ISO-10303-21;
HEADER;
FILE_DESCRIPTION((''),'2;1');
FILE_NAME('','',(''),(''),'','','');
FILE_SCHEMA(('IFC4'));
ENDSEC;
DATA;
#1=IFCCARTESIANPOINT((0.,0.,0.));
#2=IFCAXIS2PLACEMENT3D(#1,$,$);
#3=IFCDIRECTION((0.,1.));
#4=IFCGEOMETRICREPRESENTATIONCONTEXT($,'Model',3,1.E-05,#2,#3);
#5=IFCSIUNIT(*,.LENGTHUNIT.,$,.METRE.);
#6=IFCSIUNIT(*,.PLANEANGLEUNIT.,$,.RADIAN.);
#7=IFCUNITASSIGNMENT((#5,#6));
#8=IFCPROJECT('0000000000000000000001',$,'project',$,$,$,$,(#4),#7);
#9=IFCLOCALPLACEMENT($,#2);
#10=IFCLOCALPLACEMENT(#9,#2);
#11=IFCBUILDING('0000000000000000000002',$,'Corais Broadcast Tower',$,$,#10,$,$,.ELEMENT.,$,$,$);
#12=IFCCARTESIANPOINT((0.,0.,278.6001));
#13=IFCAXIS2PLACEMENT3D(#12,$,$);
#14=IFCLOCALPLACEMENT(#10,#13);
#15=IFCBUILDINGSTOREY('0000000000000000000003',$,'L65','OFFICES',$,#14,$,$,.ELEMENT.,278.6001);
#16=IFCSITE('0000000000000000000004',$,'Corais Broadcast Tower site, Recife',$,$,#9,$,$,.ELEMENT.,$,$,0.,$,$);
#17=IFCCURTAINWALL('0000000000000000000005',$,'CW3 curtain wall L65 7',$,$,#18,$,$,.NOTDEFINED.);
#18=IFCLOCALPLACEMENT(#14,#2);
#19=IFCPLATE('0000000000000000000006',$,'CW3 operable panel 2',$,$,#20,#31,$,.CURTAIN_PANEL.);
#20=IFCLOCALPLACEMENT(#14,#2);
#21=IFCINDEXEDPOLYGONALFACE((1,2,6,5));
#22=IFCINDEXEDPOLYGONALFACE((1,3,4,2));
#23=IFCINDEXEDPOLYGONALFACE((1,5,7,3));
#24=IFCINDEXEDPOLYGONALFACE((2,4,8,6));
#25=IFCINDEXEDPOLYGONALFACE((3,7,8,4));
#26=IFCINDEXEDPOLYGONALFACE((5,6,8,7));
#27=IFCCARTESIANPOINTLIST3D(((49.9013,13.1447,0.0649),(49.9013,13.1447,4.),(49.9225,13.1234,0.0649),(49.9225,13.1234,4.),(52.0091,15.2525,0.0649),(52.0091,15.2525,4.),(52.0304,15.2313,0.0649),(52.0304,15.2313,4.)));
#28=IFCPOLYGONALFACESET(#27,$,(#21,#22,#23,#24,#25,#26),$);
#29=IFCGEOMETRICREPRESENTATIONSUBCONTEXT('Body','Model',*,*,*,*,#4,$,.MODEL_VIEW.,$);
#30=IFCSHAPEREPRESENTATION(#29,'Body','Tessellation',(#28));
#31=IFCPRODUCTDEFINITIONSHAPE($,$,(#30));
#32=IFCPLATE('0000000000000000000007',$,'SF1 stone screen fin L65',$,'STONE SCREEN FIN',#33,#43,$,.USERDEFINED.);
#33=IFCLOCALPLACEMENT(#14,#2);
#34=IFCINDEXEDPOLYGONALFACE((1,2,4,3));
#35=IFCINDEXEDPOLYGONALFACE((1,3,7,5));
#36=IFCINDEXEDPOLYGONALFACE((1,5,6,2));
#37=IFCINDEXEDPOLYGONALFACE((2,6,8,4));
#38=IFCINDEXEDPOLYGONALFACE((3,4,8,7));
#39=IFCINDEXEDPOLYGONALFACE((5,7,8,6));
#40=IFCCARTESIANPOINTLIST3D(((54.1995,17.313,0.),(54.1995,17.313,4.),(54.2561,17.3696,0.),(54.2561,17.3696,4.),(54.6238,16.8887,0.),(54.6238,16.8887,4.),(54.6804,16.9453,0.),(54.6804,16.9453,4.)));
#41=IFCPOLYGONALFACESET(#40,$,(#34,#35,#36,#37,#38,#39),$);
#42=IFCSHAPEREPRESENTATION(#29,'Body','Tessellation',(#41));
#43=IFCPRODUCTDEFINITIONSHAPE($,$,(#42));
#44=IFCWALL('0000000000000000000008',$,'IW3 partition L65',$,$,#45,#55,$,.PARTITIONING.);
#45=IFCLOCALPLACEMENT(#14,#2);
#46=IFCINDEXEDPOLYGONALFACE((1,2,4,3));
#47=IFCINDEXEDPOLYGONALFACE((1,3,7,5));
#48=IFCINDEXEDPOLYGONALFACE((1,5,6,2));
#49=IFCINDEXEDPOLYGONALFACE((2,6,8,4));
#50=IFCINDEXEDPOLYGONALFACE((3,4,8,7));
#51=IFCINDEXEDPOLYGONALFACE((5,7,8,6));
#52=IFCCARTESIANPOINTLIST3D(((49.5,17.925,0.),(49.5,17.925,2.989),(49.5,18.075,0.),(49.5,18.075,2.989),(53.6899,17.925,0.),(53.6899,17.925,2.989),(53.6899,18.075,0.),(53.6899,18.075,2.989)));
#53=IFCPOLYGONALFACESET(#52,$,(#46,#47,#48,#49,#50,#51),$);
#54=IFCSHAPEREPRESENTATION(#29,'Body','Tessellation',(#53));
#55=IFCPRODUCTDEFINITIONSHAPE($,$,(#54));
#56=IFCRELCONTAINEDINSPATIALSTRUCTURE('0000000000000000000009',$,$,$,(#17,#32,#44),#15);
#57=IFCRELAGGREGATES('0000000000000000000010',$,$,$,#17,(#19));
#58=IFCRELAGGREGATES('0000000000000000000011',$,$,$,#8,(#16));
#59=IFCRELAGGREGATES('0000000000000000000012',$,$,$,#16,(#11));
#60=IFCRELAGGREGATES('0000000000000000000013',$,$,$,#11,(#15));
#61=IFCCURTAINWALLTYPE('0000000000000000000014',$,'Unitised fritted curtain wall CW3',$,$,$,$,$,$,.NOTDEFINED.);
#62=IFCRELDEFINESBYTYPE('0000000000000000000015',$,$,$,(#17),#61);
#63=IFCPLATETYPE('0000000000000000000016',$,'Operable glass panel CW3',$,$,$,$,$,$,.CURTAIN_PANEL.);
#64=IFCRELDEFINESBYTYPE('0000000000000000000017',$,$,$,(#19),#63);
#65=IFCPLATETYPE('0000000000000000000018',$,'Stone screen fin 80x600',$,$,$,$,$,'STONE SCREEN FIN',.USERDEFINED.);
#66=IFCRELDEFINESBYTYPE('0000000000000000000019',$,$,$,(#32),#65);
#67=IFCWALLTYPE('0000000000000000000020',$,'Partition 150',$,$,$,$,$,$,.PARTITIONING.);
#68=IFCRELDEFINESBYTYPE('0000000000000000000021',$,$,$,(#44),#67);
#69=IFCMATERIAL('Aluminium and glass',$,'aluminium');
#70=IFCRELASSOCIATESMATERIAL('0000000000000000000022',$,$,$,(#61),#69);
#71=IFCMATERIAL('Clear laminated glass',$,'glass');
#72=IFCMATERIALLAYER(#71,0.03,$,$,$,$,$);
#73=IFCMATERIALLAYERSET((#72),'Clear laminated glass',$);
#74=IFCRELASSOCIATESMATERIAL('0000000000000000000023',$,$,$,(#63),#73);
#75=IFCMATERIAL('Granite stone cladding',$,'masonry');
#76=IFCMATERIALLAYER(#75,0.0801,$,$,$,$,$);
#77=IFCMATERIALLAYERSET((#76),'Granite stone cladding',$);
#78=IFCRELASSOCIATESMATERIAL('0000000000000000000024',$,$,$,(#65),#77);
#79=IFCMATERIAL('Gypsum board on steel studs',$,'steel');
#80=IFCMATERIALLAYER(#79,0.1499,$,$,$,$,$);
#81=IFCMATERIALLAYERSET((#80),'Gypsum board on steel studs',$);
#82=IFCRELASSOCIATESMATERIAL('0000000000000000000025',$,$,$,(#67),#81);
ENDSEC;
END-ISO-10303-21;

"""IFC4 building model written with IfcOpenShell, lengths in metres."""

from ifc_helpers import new_model, si_unit, direction, frame, frame_2d, origin, origin_2d, place, context, subcontext, project, spatial, rectangle, extrude, material, layer, layer_set, type_object, element, aggregate, save


model = new_model("IFC4")

# Units and contexts
model_context = context("Model", 3, precision=1e-05, world=origin(), true_north=direction((0.0, 1.0)))
body_context = subcontext(model_context, "Body", "Model", "MODEL_VIEW")
ifc_project = project(units=[si_unit("LENGTHUNIT", "METRE"), si_unit("PLANEANGLEUNIT", "RADIAN")], contexts=[model_context])

# Site, building, storey
site_placement = place(None, origin())
site = spatial("IfcSite", under=ifc_project, at=site_placement, Name="Corais Broadcast Tower site, Recife", CompositionType="ELEMENT", RefElevation=0.0)
building_placement = place(site_placement, origin())
building = spatial("IfcBuilding", under=site, at=building_placement, Name="Corais Broadcast Tower", CompositionType="ELEMENT")
storey_placement = place(building_placement, frame((0.0, 0.0, 278.6001)))
storey = spatial("IfcBuildingStorey", under=building, at=storey_placement, Name="L65", Description="OFFICES", CompositionType="ELEMENT", Elevation=278.6001)

# Curtain wall
ifc_material_1 = material(Name="Aluminium and glass", Category="aluminium")
curtain_wall_type = type_object("IfcCurtainWallType", Name="Unitised fritted curtain wall CW3", PredefinedType="NOTDEFINED", material=ifc_material_1)
curtain_wall_1_placement = place(storey_placement, origin())
curtain_wall_1 = element("IfcCurtainWall", 1, at=curtain_wall_1_placement, inside=storey, type_object=curtain_wall_type, Name="CW3 curtain wall L65 7", PredefinedType="NOTDEFINED")

# Plates
ifc_material_2 = material(Name="Clear laminated glass", Category="glass")
ifc_layer_1 = layer(ifc_material_2, 0.03)
ifc_layer_set_1 = layer_set([ifc_layer_1], Name="Clear laminated glass")
plate_type_1 = type_object("IfcPlateType", Name="Operable glass panel CW3", PredefinedType="CURTAIN_PANEL", material=ifc_layer_set_1)
plate_1_placement = place(storey_placement, frame((50.9658, 14.188, 0.0649), z_axis=(0.0, 0.0, 1.0), x_axis=(-0.707107, -0.707107, 0.0)))
plate_1 = element("IfcPlate", 2, at=plate_1_placement, type_object=plate_type_1, Name="CW3 operable panel 2", PredefinedType="CURTAIN_PANEL", context=body_context, shape_type="SweptSolid", body=[
    extrude(rectangle(XDim=2.981, YDim=0.03, at=origin_2d()), origin(), (0.0, 0.0, 1.0), 3.9351),
])
aggregate(curtain_wall_1, [plate_1])
ifc_material_3 = material(Name="Granite stone cladding", Category="masonry")
ifc_layer_2 = layer(ifc_material_3, 0.0801)
ifc_layer_set_2 = layer_set([ifc_layer_2], Name="Granite stone cladding")
plate_type_2 = type_object("IfcPlateType", Name="Stone screen fin 80x600", ElementType="STONE SCREEN FIN", PredefinedType="USERDEFINED", material=ifc_layer_set_2)
plate_2_placement = place(storey_placement, frame((54.4399, 17.1292, 0.0), z_axis=(0.0, 0.0, 1.0), x_axis=(-0.707107, -0.707107, 0.0)))
element("IfcPlate", 3, at=plate_2_placement, inside=storey, type_object=plate_type_2, Name="SF1 stone screen fin L65", ObjectType="STONE SCREEN FIN", PredefinedType="USERDEFINED", context=body_context, shape_type="SweptSolid", body=[
    extrude(rectangle(XDim=0.0801, YDim=0.6001, at=origin_2d()), origin(), (0.0, 0.0, 1.0), 4.0),
])

# Wall
ifc_material_4 = material(Name="Gypsum board on steel studs", Category="steel")
ifc_layer_3 = layer(ifc_material_4, 0.1499)
ifc_layer_set_3 = layer_set([ifc_layer_3], Name="Gypsum board on steel studs")
wall_type = type_object("IfcWallType", Name="Partition 150", PredefinedType="PARTITIONING", material=ifc_layer_set_3)
wall_placement = place(storey_placement, frame((49.5, 18.0, 0.0), z_axis=(0.0, 0.0, 1.0), x_axis=(1.0, 0.0, 0.0)))
element("IfcWall", 4, at=wall_placement, inside=storey, type_object=wall_type, Name="IW3 partition L65", PredefinedType="PARTITIONING", context=body_context, shape_type="SweptSolid", body=[
    extrude(rectangle(XDim=4.1899, YDim=0.1499, at=frame_2d((2.095, 0.0))), origin(), (0.0, 0.0, 1.0), 2.989),
])

save(model, "model.ifc")
